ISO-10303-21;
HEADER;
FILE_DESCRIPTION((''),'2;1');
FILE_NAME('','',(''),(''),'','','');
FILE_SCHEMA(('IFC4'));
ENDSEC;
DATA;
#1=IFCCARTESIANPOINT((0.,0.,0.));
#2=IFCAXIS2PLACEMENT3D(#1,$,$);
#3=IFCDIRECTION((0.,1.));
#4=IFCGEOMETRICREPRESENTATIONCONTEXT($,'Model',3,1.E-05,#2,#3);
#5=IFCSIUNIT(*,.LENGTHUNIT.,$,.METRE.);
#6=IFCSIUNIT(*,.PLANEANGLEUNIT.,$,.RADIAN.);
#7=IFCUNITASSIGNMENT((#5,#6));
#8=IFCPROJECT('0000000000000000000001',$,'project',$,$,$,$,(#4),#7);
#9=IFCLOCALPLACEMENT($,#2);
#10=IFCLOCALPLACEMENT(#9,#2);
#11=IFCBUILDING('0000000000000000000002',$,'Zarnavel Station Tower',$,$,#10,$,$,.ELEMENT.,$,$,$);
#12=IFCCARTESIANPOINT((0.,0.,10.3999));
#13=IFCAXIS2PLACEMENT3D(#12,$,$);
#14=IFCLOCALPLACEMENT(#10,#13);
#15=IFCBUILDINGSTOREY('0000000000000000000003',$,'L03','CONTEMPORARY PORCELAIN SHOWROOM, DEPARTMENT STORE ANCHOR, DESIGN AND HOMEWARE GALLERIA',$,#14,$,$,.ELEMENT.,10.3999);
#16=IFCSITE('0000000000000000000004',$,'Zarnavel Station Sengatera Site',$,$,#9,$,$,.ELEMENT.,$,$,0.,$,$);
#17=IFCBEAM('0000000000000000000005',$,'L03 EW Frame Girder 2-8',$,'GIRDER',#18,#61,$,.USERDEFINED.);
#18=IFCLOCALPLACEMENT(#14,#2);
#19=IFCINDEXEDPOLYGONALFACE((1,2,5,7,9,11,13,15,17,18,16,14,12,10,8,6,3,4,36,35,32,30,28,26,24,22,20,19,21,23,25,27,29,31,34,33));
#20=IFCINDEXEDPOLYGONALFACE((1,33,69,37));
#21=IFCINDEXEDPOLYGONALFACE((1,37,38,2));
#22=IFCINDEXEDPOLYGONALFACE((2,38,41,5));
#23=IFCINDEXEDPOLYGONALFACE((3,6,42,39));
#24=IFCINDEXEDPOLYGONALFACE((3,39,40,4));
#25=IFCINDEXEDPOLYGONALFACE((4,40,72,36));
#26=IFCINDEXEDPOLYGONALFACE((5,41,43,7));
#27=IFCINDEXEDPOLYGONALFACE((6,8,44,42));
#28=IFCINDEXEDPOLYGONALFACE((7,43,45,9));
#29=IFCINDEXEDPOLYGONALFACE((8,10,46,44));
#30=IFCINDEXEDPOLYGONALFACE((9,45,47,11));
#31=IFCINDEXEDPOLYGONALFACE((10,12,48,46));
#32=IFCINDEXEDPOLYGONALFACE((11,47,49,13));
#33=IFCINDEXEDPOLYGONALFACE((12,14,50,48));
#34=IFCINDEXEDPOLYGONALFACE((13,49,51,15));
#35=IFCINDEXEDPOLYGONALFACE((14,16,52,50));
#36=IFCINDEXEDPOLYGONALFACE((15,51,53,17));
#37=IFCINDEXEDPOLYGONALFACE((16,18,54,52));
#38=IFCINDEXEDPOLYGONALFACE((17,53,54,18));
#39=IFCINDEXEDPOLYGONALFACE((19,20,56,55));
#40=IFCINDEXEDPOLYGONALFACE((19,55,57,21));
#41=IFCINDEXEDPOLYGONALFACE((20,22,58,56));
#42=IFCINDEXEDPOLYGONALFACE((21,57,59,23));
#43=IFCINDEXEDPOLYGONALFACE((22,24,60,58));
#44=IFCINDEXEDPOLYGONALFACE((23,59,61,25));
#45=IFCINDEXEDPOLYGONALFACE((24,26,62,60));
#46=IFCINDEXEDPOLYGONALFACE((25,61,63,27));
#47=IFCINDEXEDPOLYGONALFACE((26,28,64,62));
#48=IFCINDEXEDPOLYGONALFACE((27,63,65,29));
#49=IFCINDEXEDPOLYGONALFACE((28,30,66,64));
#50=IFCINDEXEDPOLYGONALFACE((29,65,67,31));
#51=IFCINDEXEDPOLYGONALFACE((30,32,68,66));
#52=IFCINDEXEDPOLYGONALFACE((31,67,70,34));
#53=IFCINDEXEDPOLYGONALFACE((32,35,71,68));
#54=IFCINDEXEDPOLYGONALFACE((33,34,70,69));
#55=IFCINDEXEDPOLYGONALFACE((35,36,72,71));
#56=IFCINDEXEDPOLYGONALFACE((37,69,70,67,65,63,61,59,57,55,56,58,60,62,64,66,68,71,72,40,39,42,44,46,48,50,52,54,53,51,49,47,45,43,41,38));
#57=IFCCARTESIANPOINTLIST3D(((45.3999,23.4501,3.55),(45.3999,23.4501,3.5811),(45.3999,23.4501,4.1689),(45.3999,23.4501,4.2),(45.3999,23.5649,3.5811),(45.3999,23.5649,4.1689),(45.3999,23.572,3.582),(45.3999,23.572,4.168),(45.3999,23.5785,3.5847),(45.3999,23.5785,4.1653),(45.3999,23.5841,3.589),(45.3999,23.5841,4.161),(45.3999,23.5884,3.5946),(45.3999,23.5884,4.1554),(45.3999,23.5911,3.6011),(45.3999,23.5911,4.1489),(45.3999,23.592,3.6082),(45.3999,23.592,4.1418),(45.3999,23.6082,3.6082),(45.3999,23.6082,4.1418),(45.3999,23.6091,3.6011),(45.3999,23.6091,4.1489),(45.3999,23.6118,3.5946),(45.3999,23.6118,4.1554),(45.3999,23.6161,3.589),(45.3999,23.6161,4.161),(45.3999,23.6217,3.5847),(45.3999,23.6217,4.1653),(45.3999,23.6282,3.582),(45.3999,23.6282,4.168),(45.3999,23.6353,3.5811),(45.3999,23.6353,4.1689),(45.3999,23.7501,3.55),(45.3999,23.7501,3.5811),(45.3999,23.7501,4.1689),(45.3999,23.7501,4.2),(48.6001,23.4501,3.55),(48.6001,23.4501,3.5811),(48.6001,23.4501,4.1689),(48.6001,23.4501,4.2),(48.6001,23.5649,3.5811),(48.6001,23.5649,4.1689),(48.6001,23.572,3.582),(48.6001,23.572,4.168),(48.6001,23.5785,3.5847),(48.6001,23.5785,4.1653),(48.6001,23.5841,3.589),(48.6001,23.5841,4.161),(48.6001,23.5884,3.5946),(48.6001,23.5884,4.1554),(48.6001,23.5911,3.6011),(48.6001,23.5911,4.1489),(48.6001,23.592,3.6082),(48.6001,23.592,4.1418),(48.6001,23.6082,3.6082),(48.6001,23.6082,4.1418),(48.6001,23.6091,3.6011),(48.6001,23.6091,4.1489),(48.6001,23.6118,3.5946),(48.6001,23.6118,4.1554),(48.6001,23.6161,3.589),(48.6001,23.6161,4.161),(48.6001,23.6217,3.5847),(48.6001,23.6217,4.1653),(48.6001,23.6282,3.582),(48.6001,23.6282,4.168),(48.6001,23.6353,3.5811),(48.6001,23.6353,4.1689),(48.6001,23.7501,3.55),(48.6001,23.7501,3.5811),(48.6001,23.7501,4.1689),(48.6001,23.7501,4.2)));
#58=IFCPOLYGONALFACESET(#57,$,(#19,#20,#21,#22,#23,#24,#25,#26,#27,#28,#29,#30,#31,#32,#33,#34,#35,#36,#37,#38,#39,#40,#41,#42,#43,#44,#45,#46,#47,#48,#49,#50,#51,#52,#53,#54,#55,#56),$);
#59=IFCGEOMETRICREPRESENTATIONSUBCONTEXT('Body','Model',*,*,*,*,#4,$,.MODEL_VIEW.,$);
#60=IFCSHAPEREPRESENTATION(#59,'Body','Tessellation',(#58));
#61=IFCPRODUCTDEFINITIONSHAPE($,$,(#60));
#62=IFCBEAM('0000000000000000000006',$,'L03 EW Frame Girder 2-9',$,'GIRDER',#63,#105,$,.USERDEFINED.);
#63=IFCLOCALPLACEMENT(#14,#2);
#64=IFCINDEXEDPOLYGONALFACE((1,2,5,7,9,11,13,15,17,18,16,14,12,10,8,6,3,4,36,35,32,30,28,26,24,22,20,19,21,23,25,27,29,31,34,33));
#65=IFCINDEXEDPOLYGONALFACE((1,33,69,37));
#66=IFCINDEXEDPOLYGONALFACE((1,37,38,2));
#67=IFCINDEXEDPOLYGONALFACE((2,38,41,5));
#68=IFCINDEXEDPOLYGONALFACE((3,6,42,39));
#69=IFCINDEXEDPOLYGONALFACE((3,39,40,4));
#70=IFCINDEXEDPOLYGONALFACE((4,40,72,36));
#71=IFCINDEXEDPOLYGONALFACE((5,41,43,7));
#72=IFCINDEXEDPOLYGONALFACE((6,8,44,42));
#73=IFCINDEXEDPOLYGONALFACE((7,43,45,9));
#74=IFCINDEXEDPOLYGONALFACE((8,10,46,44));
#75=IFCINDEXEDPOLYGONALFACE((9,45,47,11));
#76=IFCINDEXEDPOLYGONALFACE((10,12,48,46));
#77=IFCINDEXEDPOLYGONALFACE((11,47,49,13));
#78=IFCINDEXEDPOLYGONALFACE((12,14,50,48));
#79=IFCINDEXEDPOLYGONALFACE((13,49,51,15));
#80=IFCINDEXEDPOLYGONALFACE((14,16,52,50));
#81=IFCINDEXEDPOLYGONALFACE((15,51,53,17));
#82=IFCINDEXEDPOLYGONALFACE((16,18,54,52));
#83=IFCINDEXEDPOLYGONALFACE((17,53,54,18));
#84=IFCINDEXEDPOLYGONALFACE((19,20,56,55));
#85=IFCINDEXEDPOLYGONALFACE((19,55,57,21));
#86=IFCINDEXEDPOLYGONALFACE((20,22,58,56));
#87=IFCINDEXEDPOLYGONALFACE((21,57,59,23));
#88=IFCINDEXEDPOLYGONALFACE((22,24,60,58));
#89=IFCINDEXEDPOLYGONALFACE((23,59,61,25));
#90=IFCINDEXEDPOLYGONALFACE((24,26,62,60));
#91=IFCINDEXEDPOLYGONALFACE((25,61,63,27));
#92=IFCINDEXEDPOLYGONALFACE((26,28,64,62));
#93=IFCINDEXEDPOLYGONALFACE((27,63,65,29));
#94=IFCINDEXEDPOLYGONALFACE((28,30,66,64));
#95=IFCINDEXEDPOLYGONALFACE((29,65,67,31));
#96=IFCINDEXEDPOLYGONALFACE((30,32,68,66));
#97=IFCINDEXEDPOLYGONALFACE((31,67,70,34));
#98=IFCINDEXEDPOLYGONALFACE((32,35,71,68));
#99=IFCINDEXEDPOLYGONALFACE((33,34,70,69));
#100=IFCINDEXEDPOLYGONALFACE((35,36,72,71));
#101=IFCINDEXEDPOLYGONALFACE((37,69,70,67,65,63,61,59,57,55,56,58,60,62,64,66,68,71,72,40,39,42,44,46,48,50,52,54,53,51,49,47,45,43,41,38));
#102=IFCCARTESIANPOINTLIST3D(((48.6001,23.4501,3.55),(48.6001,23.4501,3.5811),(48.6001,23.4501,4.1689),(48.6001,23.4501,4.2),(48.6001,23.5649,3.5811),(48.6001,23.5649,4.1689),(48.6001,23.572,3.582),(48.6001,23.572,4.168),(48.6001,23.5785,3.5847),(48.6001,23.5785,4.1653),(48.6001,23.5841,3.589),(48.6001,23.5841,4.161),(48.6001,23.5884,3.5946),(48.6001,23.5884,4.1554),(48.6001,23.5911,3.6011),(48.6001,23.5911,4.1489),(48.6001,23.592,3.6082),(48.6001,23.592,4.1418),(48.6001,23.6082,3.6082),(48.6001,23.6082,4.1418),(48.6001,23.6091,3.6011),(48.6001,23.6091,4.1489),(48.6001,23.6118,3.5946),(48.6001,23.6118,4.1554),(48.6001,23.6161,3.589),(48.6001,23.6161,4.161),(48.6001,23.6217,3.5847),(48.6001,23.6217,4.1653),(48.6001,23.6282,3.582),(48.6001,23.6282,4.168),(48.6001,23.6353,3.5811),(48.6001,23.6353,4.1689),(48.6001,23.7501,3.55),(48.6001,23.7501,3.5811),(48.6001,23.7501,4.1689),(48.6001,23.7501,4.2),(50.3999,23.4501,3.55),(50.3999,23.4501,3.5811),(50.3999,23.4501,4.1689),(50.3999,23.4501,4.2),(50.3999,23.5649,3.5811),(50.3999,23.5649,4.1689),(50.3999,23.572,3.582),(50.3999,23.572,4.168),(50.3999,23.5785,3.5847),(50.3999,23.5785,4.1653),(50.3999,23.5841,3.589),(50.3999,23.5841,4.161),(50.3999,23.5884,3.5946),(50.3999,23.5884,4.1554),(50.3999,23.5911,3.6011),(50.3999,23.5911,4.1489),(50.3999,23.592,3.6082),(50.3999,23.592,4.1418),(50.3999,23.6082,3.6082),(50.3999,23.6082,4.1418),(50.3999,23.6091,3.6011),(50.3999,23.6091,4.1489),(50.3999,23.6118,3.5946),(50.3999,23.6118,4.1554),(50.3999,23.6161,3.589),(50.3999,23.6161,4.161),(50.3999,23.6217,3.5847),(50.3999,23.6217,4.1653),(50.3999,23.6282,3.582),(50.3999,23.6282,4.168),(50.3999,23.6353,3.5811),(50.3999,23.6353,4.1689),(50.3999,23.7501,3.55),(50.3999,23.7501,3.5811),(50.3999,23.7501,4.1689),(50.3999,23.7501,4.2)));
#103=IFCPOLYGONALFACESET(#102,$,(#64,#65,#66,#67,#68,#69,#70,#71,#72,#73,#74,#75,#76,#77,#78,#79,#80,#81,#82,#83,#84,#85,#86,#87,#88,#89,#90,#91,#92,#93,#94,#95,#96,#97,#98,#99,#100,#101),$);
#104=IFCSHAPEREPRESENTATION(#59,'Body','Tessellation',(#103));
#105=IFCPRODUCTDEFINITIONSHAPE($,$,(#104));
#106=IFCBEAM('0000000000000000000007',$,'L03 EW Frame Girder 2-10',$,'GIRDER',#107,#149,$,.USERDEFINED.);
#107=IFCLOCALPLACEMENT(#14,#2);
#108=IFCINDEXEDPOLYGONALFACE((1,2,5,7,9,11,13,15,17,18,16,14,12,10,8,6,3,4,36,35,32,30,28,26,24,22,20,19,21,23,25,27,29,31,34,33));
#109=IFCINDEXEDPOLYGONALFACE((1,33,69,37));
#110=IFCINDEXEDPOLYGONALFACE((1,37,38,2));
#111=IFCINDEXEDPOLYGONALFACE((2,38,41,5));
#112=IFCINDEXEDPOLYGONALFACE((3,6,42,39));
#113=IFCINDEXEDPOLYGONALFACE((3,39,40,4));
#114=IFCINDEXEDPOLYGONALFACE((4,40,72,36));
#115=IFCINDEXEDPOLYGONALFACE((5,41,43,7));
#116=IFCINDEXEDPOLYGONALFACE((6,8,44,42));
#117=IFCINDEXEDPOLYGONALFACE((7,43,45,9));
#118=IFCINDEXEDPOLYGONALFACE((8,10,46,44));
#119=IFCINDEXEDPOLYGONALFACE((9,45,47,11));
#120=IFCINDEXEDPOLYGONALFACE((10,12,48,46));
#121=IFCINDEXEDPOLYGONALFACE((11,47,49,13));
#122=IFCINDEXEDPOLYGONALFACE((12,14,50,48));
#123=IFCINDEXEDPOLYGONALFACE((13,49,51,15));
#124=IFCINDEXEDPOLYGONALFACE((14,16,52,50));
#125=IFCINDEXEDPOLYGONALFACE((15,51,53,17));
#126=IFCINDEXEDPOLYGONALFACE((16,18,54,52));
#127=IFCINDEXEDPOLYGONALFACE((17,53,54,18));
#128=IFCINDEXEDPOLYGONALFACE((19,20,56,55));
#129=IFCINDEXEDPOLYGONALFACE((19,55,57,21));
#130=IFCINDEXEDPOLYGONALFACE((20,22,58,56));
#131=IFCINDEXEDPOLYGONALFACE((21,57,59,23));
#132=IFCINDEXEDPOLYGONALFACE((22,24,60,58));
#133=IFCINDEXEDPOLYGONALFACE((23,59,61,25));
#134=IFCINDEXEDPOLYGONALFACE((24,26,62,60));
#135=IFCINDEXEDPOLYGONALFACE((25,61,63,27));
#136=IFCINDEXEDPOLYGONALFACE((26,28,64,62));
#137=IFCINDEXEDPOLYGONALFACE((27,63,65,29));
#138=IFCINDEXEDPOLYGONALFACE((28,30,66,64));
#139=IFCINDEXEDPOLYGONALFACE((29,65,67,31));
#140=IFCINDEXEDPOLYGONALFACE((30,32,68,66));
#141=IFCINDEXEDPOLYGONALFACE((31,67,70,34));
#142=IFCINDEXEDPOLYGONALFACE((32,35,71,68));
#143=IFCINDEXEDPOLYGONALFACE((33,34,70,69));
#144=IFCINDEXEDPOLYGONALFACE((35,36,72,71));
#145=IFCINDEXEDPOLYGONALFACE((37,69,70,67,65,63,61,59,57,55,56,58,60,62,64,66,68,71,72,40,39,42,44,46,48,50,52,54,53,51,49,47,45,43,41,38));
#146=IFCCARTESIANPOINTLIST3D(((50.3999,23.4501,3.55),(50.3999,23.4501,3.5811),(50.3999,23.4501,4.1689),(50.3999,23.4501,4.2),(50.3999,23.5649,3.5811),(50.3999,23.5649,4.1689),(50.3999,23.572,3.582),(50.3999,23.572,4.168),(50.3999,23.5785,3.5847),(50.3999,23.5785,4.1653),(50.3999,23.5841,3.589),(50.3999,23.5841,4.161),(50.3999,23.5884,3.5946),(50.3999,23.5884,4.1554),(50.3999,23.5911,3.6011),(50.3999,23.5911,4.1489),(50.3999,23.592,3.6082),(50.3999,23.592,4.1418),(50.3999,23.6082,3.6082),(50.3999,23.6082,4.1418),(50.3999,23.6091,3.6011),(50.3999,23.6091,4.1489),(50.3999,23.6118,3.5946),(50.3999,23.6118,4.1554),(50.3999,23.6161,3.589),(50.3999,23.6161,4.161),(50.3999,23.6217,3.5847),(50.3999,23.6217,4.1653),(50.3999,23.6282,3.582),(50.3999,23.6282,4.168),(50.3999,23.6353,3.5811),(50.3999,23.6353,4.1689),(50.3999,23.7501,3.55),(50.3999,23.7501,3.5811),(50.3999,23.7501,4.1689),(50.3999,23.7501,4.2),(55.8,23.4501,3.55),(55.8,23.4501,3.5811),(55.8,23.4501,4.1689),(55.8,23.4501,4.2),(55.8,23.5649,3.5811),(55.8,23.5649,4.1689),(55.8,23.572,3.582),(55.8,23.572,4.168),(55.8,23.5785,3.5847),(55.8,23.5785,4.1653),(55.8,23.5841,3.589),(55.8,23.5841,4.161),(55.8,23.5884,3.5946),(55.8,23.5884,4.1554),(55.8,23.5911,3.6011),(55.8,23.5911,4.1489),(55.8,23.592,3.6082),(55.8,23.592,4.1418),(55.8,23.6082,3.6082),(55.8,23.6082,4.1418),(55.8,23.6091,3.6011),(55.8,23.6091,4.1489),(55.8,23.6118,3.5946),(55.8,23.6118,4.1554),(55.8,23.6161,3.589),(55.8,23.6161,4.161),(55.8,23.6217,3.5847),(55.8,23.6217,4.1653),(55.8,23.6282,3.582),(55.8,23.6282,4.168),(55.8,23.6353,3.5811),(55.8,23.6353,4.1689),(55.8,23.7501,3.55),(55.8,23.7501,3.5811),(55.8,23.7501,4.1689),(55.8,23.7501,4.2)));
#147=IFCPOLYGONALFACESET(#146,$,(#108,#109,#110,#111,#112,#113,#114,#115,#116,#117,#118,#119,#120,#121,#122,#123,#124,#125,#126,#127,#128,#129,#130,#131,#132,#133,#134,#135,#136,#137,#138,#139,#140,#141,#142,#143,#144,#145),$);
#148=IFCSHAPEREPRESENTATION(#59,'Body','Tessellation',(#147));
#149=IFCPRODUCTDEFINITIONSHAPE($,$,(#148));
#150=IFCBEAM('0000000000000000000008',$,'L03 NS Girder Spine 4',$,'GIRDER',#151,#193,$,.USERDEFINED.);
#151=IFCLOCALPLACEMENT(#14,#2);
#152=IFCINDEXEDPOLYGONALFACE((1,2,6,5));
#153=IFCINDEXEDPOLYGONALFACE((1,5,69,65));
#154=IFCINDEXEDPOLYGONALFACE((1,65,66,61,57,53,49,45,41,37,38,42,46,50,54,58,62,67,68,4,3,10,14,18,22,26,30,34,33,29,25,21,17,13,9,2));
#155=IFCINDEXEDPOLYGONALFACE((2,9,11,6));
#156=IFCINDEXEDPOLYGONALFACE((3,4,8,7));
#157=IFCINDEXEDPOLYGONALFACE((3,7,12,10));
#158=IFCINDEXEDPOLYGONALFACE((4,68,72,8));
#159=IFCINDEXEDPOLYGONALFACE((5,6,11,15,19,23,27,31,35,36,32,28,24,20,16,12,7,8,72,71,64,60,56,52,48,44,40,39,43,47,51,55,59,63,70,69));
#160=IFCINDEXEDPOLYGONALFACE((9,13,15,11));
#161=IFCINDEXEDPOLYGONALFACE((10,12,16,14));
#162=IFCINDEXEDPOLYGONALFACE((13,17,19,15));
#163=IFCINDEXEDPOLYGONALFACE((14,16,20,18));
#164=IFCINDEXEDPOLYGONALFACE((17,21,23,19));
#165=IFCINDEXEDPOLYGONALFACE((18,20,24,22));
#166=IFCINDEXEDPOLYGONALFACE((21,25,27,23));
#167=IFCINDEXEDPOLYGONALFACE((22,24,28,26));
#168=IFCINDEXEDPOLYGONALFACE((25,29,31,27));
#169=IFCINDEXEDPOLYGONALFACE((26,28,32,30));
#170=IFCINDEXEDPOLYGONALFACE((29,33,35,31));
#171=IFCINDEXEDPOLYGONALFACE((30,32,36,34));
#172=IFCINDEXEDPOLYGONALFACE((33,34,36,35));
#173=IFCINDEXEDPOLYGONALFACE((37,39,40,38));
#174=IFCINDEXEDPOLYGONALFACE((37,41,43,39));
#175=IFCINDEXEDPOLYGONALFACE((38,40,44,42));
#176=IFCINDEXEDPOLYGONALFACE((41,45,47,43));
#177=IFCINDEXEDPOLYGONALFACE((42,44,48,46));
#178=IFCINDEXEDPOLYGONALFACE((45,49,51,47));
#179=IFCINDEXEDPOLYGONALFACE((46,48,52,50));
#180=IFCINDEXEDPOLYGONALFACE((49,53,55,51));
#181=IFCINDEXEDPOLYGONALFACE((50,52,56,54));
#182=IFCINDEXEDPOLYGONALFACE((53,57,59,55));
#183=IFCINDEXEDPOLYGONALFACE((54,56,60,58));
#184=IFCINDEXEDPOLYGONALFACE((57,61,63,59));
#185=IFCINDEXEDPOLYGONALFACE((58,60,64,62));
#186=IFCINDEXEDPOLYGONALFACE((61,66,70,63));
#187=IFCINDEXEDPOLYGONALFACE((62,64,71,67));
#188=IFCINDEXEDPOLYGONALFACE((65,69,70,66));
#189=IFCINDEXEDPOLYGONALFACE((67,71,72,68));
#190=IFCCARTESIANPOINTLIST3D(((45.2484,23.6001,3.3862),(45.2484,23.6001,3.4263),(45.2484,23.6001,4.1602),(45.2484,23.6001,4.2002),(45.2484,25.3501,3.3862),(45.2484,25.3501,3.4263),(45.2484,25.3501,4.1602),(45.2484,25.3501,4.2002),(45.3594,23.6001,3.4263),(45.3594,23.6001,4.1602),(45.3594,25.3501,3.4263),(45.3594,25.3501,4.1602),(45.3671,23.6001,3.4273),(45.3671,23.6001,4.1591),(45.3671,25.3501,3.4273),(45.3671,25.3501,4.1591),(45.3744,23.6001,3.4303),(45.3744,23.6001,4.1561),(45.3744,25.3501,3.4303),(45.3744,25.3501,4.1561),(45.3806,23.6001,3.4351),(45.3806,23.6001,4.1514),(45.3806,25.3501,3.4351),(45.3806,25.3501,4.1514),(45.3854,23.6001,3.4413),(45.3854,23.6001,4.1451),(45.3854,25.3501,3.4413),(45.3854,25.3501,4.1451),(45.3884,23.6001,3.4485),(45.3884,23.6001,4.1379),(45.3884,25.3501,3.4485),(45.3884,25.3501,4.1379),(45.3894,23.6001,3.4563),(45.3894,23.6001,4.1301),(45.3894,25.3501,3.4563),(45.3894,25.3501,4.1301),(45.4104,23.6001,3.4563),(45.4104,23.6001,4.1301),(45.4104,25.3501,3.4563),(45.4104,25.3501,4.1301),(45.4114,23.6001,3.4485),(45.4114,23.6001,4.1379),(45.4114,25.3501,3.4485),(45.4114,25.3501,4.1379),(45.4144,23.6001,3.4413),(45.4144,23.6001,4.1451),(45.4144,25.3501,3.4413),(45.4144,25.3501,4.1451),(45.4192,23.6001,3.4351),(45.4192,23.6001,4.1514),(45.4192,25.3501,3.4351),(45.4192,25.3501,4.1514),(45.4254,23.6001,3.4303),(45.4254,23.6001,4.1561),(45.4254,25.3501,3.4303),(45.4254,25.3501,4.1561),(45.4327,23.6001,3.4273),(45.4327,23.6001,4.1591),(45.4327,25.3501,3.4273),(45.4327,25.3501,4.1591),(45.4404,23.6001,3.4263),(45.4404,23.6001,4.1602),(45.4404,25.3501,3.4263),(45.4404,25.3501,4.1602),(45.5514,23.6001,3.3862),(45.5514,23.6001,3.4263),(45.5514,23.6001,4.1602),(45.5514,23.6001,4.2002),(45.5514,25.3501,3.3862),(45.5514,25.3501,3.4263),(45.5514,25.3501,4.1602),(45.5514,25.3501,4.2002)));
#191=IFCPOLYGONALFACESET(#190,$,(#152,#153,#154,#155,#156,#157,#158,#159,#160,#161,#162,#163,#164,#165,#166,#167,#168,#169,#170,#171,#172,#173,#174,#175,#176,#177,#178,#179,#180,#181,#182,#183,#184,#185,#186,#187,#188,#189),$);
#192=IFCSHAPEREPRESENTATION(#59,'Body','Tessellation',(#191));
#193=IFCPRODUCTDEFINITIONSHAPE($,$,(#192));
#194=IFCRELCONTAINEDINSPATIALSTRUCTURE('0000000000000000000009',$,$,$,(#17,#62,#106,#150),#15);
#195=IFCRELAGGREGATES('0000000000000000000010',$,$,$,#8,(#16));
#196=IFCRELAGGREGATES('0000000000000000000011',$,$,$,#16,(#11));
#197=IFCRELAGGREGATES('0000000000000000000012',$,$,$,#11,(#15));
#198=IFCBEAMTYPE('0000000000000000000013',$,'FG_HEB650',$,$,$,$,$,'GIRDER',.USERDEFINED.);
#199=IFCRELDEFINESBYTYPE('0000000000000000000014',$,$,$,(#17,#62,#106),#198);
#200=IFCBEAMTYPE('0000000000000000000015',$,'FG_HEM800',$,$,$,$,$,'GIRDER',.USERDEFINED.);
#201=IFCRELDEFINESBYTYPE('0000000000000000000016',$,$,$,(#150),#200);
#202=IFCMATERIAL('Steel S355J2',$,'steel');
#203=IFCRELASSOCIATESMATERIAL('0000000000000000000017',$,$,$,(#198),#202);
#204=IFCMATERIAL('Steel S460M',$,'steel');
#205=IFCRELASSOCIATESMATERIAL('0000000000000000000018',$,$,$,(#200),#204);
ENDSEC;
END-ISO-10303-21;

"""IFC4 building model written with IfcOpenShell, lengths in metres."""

from ifc_helpers import new_model, si_unit, direction, frame, origin, origin_2d, place, context, subcontext, project, spatial, i_section, extrude, material, material_profile, profile_set, type_object, element, save


model = new_model("IFC4")

# Units and contexts
model_context = context("Model", 3, precision=1e-05, world=origin(), true_north=direction((0.0, 1.0)))
body_context = subcontext(model_context, "Body", "Model", "MODEL_VIEW")
ifc_project = project(units=[si_unit("LENGTHUNIT", "METRE"), si_unit("PLANEANGLEUNIT", "RADIAN")], contexts=[model_context])

# Site, building, storey
site_placement = place(None, origin())
site = spatial("IfcSite", under=ifc_project, at=site_placement, Name="Zarnavel Station Sengatera Site", CompositionType="ELEMENT", RefElevation=0.0)
building_placement = place(site_placement, origin())
building = spatial("IfcBuilding", under=site, at=building_placement, Name="Zarnavel Station Tower", CompositionType="ELEMENT")
storey_placement = place(building_placement, frame((0.0, 0.0, 10.3999)))
storey = spatial("IfcBuildingStorey", under=building, at=storey_placement, Name="L03", Description="CONTEMPORARY PORCELAIN SHOWROOM, DEPARTMENT STORE ANCHOR, DESIGN AND HOMEWARE GALLERIA", CompositionType="ELEMENT", Elevation=10.3999)

# Beams
ifc_material_1 = material(Name="Steel S355J2", Category="steel")
ifc_material_profile_1 = material_profile(ifc_material_1, i_section(OverallWidth=0.3, OverallDepth=0.6499, WebThickness=0.0161, FlangeThickness=0.031, FilletRadius=0.0271, at=origin_2d()), Name="HEB650")
ifc_profile_set_1 = profile_set([ifc_material_profile_1], Name="Steel S355J2")
beam_type_1 = type_object("IfcBeamType", Name="FG_HEB650", ElementType="GIRDER", PredefinedType="USERDEFINED", material=ifc_profile_set_1)
beam_1_placement = place(storey_placement, frame((45.3999, 23.6001, 3.875), z_axis=(1.0, 0.0, 0.0), x_axis=(0.0, 1.0, 0.0)))
element("IfcBeam", 1, at=beam_1_placement, inside=storey, type_object=beam_type_1, Name="L03 EW Frame Girder 2-8", ObjectType="GIRDER", PredefinedType="USERDEFINED", context=body_context, shape_type="SweptSolid", body=[
    extrude(i_section(OverallWidth=0.3, OverallDepth=0.6499, WebThickness=0.0161, FlangeThickness=0.031, FilletRadius=0.0271, at=origin_2d()), origin(), (0.0, 0.0, 1.0), 3.2002),
])
beam_2_placement = place(storey_placement, frame((48.6001, 23.6001, 3.875), z_axis=(1.0, 0.0, 0.0), x_axis=(0.0, 1.0, 0.0)))
element("IfcBeam", 2, at=beam_2_placement, inside=storey, type_object=beam_type_1, Name="L03 EW Frame Girder 2-9", ObjectType="GIRDER", PredefinedType="USERDEFINED", context=body_context, shape_type="SweptSolid", body=[
    extrude(i_section(OverallWidth=0.3, OverallDepth=0.6499, WebThickness=0.0161, FlangeThickness=0.031, FilletRadius=0.0271, at=origin_2d()), origin(), (0.0, 0.0, 1.0), 1.7998),
])
beam_3_placement = place(storey_placement, frame((50.3999, 23.6001, 3.875), z_axis=(1.0, 0.0, 0.0), x_axis=(0.0, 1.0, 0.0)))
element("IfcBeam", 3, at=beam_3_placement, inside=storey, type_object=beam_type_1, Name="L03 EW Frame Girder 2-10", ObjectType="GIRDER", PredefinedType="USERDEFINED", context=body_context, shape_type="SweptSolid", body=[
    extrude(i_section(OverallWidth=0.3, OverallDepth=0.6499, WebThickness=0.0161, FlangeThickness=0.031, FilletRadius=0.0271, at=origin_2d()), origin(), (0.0, 0.0, 1.0), 5.4001),
])
ifc_material_2 = material(Name="Steel S460M", Category="steel")
ifc_material_profile_2 = material_profile(ifc_material_2, i_section(OverallWidth=0.303, OverallDepth=0.814, WebThickness=0.021, FlangeThickness=0.04, FilletRadius=0.03, at=origin_2d()), Name="HEM800")
ifc_profile_set_2 = profile_set([ifc_material_profile_2], Name="Steel S460M")
beam_type_2 = type_object("IfcBeamType", Name="FG_HEM800", ElementType="GIRDER", PredefinedType="USERDEFINED", material=ifc_profile_set_2)
beam_4_placement = place(storey_placement, frame((45.3999, 23.6001, 3.7932), z_axis=(0.0, 1.0, 0.0), x_axis=(-1.0, 0.0, 0.0)))
element("IfcBeam", 4, at=beam_4_placement, inside=storey, type_object=beam_type_2, Name="L03 NS Girder Spine 4", ObjectType="GIRDER", PredefinedType="USERDEFINED", context=body_context, shape_type="SweptSolid", body=[
    extrude(i_section(OverallWidth=0.303, OverallDepth=0.814, WebThickness=0.021, FlangeThickness=0.04, FilletRadius=0.03, at=origin_2d()), origin(), (0.0, 0.0, 1.0), 1.75),
])

save(model, "model.ifc")
